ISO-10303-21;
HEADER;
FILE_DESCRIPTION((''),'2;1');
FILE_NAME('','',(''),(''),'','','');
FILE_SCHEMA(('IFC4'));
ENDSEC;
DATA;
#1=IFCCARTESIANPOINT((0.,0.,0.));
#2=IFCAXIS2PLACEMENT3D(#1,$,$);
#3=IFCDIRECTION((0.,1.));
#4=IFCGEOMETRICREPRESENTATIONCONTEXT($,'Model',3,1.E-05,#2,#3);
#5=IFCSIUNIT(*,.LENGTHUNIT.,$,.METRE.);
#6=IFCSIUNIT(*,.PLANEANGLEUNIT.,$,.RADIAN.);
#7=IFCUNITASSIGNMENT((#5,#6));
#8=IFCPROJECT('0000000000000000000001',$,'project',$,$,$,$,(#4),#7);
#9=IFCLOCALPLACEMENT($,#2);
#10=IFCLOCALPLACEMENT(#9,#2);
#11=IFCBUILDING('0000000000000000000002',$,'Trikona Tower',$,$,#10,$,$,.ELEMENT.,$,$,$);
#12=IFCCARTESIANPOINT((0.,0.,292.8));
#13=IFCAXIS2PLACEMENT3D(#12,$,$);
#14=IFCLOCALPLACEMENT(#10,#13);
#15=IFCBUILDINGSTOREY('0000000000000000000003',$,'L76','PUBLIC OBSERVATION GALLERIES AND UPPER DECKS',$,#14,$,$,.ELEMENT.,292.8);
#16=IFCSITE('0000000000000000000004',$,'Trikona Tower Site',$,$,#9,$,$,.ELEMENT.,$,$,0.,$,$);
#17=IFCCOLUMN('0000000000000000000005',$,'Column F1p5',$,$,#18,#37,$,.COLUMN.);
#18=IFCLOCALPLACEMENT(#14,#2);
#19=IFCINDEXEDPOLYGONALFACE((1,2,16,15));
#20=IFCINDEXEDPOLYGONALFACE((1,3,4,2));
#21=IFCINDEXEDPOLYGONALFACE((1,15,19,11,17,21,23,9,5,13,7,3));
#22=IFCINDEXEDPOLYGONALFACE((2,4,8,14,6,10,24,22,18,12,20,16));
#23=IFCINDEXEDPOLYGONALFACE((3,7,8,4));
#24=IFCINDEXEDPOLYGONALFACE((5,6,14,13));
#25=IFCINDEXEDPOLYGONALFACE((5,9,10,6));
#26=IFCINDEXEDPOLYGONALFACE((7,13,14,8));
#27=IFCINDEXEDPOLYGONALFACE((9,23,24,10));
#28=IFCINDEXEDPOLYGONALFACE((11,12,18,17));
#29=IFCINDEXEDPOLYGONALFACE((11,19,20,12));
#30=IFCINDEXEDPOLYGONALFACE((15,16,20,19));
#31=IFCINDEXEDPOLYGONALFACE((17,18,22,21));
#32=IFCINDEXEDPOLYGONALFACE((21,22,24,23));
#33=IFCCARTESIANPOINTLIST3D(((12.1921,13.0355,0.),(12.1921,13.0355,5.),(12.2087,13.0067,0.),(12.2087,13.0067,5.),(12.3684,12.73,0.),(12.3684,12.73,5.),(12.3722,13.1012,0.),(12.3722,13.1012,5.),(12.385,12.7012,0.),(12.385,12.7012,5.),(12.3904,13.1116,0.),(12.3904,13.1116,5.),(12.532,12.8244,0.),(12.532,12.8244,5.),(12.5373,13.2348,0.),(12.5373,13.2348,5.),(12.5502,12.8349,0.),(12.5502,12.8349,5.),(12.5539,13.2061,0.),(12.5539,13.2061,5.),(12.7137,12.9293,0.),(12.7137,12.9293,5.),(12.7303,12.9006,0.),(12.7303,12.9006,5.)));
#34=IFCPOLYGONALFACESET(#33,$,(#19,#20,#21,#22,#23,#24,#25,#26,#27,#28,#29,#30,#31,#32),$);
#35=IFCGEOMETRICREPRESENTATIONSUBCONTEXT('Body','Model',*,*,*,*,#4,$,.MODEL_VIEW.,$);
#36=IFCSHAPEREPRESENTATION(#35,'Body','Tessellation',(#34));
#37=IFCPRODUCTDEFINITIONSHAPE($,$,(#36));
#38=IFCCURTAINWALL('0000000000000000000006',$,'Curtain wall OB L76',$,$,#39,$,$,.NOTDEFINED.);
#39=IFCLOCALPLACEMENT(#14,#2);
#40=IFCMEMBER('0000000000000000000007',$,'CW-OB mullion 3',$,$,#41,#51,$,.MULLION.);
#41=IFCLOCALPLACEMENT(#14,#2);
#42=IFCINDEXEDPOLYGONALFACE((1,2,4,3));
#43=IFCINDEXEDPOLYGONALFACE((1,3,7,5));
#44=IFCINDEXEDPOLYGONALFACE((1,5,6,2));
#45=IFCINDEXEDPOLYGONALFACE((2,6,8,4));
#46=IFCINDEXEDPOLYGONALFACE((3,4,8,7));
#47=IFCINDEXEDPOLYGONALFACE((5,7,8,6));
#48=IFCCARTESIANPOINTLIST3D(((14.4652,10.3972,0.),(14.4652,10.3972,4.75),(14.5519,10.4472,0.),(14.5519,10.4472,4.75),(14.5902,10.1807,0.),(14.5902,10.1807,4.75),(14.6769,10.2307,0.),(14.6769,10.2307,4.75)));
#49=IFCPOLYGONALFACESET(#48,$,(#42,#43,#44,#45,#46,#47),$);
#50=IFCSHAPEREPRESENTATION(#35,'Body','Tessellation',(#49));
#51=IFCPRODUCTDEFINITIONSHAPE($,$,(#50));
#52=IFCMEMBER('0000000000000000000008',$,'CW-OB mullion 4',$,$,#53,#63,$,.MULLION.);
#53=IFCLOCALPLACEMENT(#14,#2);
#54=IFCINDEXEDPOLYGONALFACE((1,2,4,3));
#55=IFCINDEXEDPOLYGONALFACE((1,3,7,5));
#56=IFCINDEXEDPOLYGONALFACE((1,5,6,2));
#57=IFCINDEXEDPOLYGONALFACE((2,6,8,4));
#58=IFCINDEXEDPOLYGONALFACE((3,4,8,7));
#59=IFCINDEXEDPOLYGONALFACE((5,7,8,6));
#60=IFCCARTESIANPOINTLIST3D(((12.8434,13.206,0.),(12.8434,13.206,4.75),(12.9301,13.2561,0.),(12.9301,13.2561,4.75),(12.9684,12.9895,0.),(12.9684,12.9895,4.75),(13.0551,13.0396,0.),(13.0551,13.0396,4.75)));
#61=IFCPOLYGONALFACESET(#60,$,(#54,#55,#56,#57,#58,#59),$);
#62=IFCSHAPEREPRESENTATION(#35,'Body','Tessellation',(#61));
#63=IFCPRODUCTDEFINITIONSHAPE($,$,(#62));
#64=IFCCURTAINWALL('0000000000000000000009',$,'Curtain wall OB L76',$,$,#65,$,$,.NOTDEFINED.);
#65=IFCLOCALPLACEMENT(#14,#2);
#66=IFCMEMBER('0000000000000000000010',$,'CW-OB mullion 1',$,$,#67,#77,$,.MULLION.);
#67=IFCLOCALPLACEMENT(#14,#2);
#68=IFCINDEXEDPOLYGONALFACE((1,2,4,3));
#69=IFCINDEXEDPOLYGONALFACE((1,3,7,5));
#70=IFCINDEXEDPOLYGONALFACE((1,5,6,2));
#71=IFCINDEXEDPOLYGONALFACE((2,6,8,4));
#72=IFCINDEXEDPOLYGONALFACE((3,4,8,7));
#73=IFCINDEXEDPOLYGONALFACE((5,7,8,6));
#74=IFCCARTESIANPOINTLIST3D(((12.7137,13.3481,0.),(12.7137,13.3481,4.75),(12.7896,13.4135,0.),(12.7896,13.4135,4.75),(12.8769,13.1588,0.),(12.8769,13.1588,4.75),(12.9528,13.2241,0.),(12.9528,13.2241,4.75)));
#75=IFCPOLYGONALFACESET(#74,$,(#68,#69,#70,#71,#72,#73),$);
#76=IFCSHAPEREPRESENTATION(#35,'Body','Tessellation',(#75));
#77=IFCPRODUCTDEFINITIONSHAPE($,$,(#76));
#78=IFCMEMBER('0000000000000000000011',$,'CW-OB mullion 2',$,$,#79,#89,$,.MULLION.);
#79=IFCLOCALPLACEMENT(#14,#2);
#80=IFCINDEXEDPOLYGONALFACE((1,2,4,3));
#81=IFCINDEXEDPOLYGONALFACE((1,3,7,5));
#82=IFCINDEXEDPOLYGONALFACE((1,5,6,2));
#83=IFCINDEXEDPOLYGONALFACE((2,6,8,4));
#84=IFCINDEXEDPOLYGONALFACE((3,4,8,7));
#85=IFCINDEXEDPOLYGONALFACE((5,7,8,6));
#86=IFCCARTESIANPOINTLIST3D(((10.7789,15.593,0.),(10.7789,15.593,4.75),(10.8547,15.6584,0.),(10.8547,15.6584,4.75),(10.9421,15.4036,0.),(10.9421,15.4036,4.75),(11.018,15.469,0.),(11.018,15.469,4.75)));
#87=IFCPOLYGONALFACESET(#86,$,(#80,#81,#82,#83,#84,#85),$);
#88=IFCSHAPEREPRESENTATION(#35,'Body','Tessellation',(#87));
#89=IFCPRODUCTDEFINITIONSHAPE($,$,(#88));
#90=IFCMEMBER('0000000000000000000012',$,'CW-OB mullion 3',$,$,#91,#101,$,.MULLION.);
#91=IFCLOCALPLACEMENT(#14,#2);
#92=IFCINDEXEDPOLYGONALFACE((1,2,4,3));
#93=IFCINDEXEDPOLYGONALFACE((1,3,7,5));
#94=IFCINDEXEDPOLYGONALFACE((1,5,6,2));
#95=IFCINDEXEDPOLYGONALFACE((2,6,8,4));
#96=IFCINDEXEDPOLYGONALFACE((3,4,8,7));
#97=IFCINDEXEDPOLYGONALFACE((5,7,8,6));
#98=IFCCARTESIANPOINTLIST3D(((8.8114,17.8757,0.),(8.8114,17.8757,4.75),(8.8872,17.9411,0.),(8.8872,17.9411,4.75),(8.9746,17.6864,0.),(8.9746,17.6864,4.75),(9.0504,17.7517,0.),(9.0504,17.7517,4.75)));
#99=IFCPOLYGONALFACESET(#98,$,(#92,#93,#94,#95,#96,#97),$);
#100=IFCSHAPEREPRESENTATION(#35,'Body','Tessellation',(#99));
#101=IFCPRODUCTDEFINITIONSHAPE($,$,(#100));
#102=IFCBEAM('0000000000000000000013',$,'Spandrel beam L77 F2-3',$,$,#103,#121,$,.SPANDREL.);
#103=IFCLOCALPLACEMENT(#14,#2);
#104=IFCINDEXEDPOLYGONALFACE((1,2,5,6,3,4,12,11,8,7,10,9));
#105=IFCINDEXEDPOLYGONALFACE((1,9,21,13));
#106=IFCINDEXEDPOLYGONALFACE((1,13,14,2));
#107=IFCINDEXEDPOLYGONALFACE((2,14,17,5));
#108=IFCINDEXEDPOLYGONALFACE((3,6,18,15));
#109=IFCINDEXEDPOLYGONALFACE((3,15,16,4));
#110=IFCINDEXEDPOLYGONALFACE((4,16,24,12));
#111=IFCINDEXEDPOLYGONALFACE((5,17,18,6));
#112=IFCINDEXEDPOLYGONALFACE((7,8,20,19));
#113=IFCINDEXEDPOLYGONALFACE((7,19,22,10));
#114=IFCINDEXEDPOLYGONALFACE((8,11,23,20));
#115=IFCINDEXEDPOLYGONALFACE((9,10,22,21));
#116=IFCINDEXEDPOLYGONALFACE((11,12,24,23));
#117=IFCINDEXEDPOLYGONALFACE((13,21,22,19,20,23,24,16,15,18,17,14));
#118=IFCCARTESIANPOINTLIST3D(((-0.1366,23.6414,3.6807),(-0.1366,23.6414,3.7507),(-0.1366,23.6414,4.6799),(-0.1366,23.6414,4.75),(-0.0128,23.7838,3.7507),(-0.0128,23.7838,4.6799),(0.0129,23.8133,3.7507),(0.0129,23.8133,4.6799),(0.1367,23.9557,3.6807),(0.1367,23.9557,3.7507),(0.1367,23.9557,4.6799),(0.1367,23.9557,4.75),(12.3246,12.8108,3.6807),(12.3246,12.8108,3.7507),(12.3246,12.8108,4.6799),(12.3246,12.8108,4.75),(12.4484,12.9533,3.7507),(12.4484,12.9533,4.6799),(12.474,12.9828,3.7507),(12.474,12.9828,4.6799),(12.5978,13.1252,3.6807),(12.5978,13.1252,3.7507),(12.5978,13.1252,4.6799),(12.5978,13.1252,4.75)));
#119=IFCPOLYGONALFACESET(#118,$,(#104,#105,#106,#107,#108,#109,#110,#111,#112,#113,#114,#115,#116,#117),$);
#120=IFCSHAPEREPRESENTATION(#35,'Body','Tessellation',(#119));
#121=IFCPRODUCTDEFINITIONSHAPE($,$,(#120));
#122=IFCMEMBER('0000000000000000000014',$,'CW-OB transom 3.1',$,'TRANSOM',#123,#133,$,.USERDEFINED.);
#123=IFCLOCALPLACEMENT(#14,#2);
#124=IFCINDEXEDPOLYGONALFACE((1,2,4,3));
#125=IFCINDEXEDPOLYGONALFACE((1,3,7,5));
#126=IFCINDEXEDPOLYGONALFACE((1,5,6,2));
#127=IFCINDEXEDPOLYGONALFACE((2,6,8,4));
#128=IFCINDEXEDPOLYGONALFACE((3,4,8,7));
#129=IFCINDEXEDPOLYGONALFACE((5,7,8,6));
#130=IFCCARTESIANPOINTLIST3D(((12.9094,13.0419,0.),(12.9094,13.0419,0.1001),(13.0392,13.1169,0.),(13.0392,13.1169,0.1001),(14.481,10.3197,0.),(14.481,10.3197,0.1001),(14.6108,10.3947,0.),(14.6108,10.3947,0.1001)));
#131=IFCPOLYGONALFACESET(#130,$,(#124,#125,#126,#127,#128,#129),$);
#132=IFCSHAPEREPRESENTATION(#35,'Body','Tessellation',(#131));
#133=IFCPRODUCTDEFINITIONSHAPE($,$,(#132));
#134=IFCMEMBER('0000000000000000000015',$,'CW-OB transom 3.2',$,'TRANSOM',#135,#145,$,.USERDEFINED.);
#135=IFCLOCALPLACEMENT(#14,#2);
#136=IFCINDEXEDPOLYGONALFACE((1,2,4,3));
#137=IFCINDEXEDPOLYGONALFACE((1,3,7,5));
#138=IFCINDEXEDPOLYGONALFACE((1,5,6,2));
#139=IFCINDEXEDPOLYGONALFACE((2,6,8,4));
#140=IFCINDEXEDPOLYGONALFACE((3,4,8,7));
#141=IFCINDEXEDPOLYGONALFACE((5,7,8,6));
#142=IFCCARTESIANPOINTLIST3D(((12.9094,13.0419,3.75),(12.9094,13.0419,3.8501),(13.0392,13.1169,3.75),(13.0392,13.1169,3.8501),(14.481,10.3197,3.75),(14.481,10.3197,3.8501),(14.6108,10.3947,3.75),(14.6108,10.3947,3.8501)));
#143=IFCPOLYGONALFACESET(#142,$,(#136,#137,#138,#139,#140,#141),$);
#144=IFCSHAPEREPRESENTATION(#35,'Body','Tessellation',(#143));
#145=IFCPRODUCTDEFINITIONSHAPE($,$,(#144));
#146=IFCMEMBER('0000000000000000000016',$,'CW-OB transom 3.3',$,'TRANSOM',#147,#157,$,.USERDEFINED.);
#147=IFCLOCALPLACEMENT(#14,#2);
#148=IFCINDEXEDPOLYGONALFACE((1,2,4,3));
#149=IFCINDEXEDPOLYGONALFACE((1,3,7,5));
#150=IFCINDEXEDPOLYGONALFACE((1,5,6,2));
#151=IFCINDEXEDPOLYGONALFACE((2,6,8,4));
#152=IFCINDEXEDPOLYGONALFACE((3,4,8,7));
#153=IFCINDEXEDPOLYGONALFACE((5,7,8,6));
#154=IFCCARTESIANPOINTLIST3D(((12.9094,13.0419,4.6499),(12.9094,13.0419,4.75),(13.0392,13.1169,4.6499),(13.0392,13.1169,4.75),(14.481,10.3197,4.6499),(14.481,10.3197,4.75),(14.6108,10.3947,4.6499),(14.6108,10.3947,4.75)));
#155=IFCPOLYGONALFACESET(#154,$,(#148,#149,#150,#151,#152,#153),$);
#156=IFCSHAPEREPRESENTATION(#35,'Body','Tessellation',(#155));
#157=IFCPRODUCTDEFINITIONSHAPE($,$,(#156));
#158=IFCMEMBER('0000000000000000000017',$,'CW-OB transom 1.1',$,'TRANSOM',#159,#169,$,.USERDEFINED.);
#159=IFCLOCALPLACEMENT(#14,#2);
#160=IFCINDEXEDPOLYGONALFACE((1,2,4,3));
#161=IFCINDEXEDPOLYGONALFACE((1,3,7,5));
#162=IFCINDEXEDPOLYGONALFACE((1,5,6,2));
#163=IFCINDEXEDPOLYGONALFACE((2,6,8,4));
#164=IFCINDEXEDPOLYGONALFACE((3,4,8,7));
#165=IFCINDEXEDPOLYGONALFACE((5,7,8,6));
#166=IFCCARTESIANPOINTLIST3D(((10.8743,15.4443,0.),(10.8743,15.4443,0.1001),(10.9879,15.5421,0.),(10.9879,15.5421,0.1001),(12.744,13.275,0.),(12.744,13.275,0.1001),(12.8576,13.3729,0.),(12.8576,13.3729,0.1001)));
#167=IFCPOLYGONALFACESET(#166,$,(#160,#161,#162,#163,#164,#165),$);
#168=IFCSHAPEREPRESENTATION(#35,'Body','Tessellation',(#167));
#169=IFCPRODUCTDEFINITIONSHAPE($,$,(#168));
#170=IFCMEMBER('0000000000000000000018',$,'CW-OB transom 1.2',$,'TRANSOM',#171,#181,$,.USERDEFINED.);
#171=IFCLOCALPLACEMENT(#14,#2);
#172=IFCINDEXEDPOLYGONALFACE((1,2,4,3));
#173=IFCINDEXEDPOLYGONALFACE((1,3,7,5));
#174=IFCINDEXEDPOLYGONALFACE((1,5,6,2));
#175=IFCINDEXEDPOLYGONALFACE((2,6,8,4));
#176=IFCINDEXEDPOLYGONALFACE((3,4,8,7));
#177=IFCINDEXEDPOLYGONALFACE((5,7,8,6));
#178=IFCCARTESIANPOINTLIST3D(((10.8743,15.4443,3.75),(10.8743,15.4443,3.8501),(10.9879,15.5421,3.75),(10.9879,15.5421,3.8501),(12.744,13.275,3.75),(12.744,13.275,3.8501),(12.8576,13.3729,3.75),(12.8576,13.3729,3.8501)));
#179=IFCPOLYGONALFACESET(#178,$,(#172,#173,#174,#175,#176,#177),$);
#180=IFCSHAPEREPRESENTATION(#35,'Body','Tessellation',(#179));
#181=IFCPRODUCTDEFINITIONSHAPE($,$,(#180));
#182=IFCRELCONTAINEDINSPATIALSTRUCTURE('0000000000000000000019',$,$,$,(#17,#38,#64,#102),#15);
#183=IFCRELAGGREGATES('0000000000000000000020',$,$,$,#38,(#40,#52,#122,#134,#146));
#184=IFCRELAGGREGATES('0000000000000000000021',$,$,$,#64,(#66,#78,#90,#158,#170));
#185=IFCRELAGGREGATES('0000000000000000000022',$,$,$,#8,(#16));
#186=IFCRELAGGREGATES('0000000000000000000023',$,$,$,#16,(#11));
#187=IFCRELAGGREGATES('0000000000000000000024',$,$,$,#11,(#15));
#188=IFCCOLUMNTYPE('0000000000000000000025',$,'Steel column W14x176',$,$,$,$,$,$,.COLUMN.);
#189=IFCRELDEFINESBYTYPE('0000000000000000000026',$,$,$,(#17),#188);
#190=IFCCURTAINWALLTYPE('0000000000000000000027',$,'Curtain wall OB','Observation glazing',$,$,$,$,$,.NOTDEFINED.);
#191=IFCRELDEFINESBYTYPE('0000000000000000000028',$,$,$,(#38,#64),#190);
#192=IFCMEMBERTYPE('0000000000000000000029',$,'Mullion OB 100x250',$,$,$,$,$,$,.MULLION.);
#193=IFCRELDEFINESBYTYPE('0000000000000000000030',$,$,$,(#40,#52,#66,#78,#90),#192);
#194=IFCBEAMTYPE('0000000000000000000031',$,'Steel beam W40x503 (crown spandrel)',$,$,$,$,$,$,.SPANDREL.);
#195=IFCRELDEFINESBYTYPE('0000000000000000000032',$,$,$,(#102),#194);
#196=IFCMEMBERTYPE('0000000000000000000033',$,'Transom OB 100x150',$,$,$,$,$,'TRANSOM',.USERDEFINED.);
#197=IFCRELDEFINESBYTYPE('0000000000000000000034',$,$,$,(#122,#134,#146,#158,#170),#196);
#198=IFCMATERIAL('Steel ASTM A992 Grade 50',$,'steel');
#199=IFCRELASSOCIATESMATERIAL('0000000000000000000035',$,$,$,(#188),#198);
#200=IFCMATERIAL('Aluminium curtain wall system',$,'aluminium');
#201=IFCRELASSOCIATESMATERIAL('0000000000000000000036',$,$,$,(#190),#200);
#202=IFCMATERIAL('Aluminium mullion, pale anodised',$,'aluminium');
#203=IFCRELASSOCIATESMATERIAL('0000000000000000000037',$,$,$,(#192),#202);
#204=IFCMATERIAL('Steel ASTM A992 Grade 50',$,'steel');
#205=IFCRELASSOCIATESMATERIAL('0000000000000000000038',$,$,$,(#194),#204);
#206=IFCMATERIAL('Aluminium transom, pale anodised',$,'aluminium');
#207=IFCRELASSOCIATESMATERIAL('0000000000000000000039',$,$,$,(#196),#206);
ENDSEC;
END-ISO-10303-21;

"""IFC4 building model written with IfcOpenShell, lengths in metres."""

from ifc_helpers import new_model, si_unit, direction, frame, origin, origin_2d, place, context, subcontext, project, spatial, rectangle, i_section, extrude, material, material_profile, profile_set, type_object, element, aggregate, save


model = new_model("IFC4")

# Units and contexts
model_context = context("Model", 3, precision=1e-05, world=origin(), true_north=direction((0.0, 1.0)))
body_context = subcontext(model_context, "Body", "Model", "MODEL_VIEW")
ifc_project = project(units=[si_unit("LENGTHUNIT", "METRE"), si_unit("PLANEANGLEUNIT", "RADIAN")], contexts=[model_context])

# Site, building, storey
site_placement = place(None, origin())
site = spatial("IfcSite", under=ifc_project, at=site_placement, Name="Trikona Tower Site", CompositionType="ELEMENT", RefElevation=0.0)
building_placement = place(site_placement, origin())
building = spatial("IfcBuilding", under=site, at=building_placement, Name="Trikona Tower", CompositionType="ELEMENT")
storey_placement = place(building_placement, frame((0.0, 0.0, 292.8)))
storey = spatial("IfcBuildingStorey", under=building, at=storey_placement, Name="L76", Description="PUBLIC OBSERVATION GALLERIES AND UPPER DECKS", CompositionType="ELEMENT", Elevation=292.8)

# Column
ifc_material_1 = material(Name="Steel ASTM A992 Grade 50", Category="steel")
ifc_material_profile_1 = material_profile(ifc_material_1, i_section(OverallWidth=0.3987, OverallDepth=0.386, WebThickness=0.021, FlangeThickness=0.0332, at=origin_2d()), Name="W14X176")
ifc_profile_set_1 = profile_set([ifc_material_profile_1], Name="Steel ASTM A992 Grade 50")
column_type = type_object("IfcColumnType", Name="Steel column W14x176", PredefinedType="COLUMN", material=ifc_profile_set_1)
column_placement = place(storey_placement, frame((12.4612, 12.968, 0.0), z_axis=(0.0, 0.0, 1.0), x_axis=(0.866025, 0.5, 0.0)))
element("IfcColumn", 1, at=column_placement, inside=storey, type_object=column_type, Name="Column F1p5", PredefinedType="COLUMN", context=body_context, shape_type="SweptSolid", body=[
    extrude(i_section(OverallWidth=0.3987, OverallDepth=0.386, WebThickness=0.021, FlangeThickness=0.0332, at=origin_2d()), origin(), (0.0, 0.0, 1.0), 5.0),
])

# Curtain walls, members
ifc_material_2 = material(Name="Aluminium curtain wall system", Category="aluminium")
curtain_wall_type = type_object("IfcCurtainWallType", Name="Curtain wall OB", Description="Observation glazing", PredefinedType="NOTDEFINED", material=ifc_material_2)
curtain_wall_1_placement = place(storey_placement, origin())
curtain_wall_1 = element("IfcCurtainWall", 2, at=curtain_wall_1_placement, inside=storey, type_object=curtain_wall_type, Name="Curtain wall OB L76", PredefinedType="NOTDEFINED")
ifc_material_3 = material(Name="Aluminium mullion, pale anodised", Category="aluminium")
ifc_material_profile_2 = material_profile(ifc_material_3, rectangle(XDim=0.1001, YDim=0.25, at=origin_2d()), Name="MUL-OB")
ifc_profile_set_2 = profile_set([ifc_material_profile_2], Name="Aluminium mullion, pale anodised")
member_type_1 = type_object("IfcMemberType", Name="Mullion OB 100x250", PredefinedType="MULLION", material=ifc_profile_set_2)
member_1_placement = place(storey_placement, frame((14.571, 10.314, 0.0), z_axis=(0.0, 0.0, 1.0), x_axis=(-0.866022, -0.500006, 0.0)))
member_1 = element("IfcMember", 3, at=member_1_placement, type_object=member_type_1, Name="CW-OB mullion 3", PredefinedType="MULLION", context=body_context, shape_type="SweptSolid", body=[
    extrude(rectangle(XDim=0.1001, YDim=0.25, at=origin_2d()), origin(), (0.0, 0.0, 1.0), 4.75),
])
member_2_placement = place(storey_placement, frame((12.9492, 13.1228, 0.0), z_axis=(0.0, 0.0, 1.0), x_axis=(-0.866022, -0.500006, 0.0)))
member_2 = element("IfcMember", 4, at=member_2_placement, type_object=member_type_1, Name="CW-OB mullion 4", PredefinedType="MULLION", context=body_context, shape_type="SweptSolid", body=[
    extrude(rectangle(XDim=0.1001, YDim=0.25, at=origin_2d()), origin(), (0.0, 0.0, 1.0), 4.75),
])
curtain_wall_2_placement = place(storey_placement, origin())
curtain_wall_2 = element("IfcCurtainWall", 5, at=curtain_wall_2_placement, inside=storey, type_object=curtain_wall_type, Name="Curtain wall OB L76", PredefinedType="NOTDEFINED")
member_3_placement = place(storey_placement, frame((12.8333, 13.2861, 0.0), z_axis=(0.0, 0.0, 1.0), x_axis=(-0.757475, -0.652864, 0.0)))
member_3 = element("IfcMember", 6, at=member_3_placement, type_object=member_type_1, Name="CW-OB mullion 1", PredefinedType="MULLION", context=body_context, shape_type="SweptSolid", body=[
    extrude(rectangle(XDim=0.1001, YDim=0.25, at=origin_2d()), origin(), (0.0, 0.0, 1.0), 4.75),
])
member_4_placement = place(storey_placement, frame((10.8984, 15.531, 0.0), z_axis=(0.0, 0.0, 1.0), x_axis=(-0.757475, -0.652864, 0.0)))
member_4 = element("IfcMember", 7, at=member_4_placement, type_object=member_type_1, Name="CW-OB mullion 2", PredefinedType="MULLION", context=body_context, shape_type="SweptSolid", body=[
    extrude(rectangle(XDim=0.1001, YDim=0.25, at=origin_2d()), origin(), (0.0, 0.0, 1.0), 4.75),
])
member_5_placement = place(storey_placement, frame((8.9309, 17.8137, 0.0), z_axis=(0.0, 0.0, 1.0), x_axis=(-0.757475, -0.652864, 0.0)))
member_5 = element("IfcMember", 8, at=member_5_placement, type_object=member_type_1, Name="CW-OB mullion 3", PredefinedType="MULLION", context=body_context, shape_type="SweptSolid", body=[
    extrude(rectangle(XDim=0.1001, YDim=0.25, at=origin_2d()), origin(), (0.0, 0.0, 1.0), 4.75),
])

# Beam
ifc_material_4 = material(Name="Steel ASTM A992 Grade 50", Category="steel")
ifc_material_profile_3 = material_profile(ifc_material_4, i_section(OverallWidth=0.4165, OverallDepth=1.0693, WebThickness=0.0391, FlangeThickness=0.0701, at=origin_2d()), Name="W40X503")
ifc_profile_set_3 = profile_set([ifc_material_profile_3], Name="Steel ASTM A992 Grade 50")
beam_type = type_object("IfcBeamType", Name="Steel beam W40x503 (crown spandrel)", PredefinedType="SPANDREL", material=ifc_profile_set_3)
beam_placement = place(storey_placement, frame((12.4612, 12.968, 4.2153), z_axis=(-0.754763, 0.655998, 0.0), x_axis=(-0.655998, -0.754763, 0.0)))
element("IfcBeam", 9, at=beam_placement, inside=storey, type_object=beam_type, Name="Spandrel beam L77 F2-3", PredefinedType="SPANDREL", context=body_context, shape_type="SweptSolid", body=[
    extrude(i_section(OverallWidth=0.4165, OverallDepth=1.0693, WebThickness=0.0391, FlangeThickness=0.0701, at=origin_2d()), origin(), (0.0, 0.0, 1.0), 16.51),
])

# Members
ifc_material_5 = material(Name="Aluminium transom, pale anodised", Category="aluminium")
ifc_material_profile_4 = material_profile(ifc_material_5, rectangle(XDim=0.1499, YDim=0.1001, at=origin_2d()), Name="TRN-OB")
ifc_profile_set_4 = profile_set([ifc_material_profile_4], Name="Aluminium transom, pale anodised")
member_type_2 = type_object("IfcMemberType", Name="Transom OB 100x150", ElementType="TRANSOM", PredefinedType="USERDEFINED", material=ifc_profile_set_4)
member_6_placement = place(storey_placement, frame((14.5459, 10.3572, 0.05), z_axis=(-0.499973, 0.866041, 0.0), x_axis=(-0.866041, -0.499973, 0.0)))
member_6 = element("IfcMember", 10, at=member_6_placement, type_object=member_type_2, Name="CW-OB transom 3.1", ObjectType="TRANSOM", PredefinedType="USERDEFINED", context=body_context, shape_type="SweptSolid", body=[
    extrude(rectangle(XDim=0.1499, YDim=0.1001, at=origin_2d()), origin(), (0.0, 0.0, 1.0), 3.1433),
])
member_7_placement = place(storey_placement, frame((14.5459, 10.3572, 3.8), z_axis=(-0.499973, 0.866041, 0.0), x_axis=(-0.866041, -0.499973, 0.0)))
member_7 = element("IfcMember", 11, at=member_7_placement, type_object=member_type_2, Name="CW-OB transom 3.2", ObjectType="TRANSOM", PredefinedType="USERDEFINED", context=body_context, shape_type="SweptSolid", body=[
    extrude(rectangle(XDim=0.1499, YDim=0.1001, at=origin_2d()), origin(), (0.0, 0.0, 1.0), 3.1433),
])
member_8_placement = place(storey_placement, frame((14.5459, 10.3572, 4.7), z_axis=(-0.499973, 0.866041, 0.0), x_axis=(-0.866041, -0.499973, 0.0)))
member_8 = element("IfcMember", 12, at=member_8_placement, type_object=member_type_2, Name="CW-OB transom 3.3", ObjectType="TRANSOM", PredefinedType="USERDEFINED", context=body_context, shape_type="SweptSolid", body=[
    extrude(rectangle(XDim=0.1499, YDim=0.1001, at=origin_2d()), origin(), (0.0, 0.0, 1.0), 3.1433),
])
member_9_placement = place(storey_placement, frame((12.8008, 13.324, 0.05), z_axis=(-0.652867, 0.757472, 0.0), x_axis=(-0.757472, -0.652867, 0.0)))
member_9 = element("IfcMember", 13, at=member_9_placement, type_object=member_type_2, Name="CW-OB transom 1.1", ObjectType="TRANSOM", PredefinedType="USERDEFINED", context=body_context, shape_type="SweptSolid", body=[
    extrude(rectangle(XDim=0.1499, YDim=0.1001, at=origin_2d()), origin(), (0.0, 0.0, 1.0), 2.8638),
])
member_10_placement = place(storey_placement, frame((12.8008, 13.324, 3.8), z_axis=(-0.652867, 0.757472, 0.0), x_axis=(-0.757472, -0.652867, 0.0)))
member_10 = element("IfcMember", 14, at=member_10_placement, type_object=member_type_2, Name="CW-OB transom 1.2", ObjectType="TRANSOM", PredefinedType="USERDEFINED", context=body_context, shape_type="SweptSolid", body=[
    extrude(rectangle(XDim=0.1499, YDim=0.1001, at=origin_2d()), origin(), (0.0, 0.0, 1.0), 2.8638),
])

aggregate(curtain_wall_1, [member_1, member_2, member_6, member_7, member_8])
aggregate(curtain_wall_2, [member_3, member_4, member_5, member_9, member_10])

save(model, "model.ifc")
